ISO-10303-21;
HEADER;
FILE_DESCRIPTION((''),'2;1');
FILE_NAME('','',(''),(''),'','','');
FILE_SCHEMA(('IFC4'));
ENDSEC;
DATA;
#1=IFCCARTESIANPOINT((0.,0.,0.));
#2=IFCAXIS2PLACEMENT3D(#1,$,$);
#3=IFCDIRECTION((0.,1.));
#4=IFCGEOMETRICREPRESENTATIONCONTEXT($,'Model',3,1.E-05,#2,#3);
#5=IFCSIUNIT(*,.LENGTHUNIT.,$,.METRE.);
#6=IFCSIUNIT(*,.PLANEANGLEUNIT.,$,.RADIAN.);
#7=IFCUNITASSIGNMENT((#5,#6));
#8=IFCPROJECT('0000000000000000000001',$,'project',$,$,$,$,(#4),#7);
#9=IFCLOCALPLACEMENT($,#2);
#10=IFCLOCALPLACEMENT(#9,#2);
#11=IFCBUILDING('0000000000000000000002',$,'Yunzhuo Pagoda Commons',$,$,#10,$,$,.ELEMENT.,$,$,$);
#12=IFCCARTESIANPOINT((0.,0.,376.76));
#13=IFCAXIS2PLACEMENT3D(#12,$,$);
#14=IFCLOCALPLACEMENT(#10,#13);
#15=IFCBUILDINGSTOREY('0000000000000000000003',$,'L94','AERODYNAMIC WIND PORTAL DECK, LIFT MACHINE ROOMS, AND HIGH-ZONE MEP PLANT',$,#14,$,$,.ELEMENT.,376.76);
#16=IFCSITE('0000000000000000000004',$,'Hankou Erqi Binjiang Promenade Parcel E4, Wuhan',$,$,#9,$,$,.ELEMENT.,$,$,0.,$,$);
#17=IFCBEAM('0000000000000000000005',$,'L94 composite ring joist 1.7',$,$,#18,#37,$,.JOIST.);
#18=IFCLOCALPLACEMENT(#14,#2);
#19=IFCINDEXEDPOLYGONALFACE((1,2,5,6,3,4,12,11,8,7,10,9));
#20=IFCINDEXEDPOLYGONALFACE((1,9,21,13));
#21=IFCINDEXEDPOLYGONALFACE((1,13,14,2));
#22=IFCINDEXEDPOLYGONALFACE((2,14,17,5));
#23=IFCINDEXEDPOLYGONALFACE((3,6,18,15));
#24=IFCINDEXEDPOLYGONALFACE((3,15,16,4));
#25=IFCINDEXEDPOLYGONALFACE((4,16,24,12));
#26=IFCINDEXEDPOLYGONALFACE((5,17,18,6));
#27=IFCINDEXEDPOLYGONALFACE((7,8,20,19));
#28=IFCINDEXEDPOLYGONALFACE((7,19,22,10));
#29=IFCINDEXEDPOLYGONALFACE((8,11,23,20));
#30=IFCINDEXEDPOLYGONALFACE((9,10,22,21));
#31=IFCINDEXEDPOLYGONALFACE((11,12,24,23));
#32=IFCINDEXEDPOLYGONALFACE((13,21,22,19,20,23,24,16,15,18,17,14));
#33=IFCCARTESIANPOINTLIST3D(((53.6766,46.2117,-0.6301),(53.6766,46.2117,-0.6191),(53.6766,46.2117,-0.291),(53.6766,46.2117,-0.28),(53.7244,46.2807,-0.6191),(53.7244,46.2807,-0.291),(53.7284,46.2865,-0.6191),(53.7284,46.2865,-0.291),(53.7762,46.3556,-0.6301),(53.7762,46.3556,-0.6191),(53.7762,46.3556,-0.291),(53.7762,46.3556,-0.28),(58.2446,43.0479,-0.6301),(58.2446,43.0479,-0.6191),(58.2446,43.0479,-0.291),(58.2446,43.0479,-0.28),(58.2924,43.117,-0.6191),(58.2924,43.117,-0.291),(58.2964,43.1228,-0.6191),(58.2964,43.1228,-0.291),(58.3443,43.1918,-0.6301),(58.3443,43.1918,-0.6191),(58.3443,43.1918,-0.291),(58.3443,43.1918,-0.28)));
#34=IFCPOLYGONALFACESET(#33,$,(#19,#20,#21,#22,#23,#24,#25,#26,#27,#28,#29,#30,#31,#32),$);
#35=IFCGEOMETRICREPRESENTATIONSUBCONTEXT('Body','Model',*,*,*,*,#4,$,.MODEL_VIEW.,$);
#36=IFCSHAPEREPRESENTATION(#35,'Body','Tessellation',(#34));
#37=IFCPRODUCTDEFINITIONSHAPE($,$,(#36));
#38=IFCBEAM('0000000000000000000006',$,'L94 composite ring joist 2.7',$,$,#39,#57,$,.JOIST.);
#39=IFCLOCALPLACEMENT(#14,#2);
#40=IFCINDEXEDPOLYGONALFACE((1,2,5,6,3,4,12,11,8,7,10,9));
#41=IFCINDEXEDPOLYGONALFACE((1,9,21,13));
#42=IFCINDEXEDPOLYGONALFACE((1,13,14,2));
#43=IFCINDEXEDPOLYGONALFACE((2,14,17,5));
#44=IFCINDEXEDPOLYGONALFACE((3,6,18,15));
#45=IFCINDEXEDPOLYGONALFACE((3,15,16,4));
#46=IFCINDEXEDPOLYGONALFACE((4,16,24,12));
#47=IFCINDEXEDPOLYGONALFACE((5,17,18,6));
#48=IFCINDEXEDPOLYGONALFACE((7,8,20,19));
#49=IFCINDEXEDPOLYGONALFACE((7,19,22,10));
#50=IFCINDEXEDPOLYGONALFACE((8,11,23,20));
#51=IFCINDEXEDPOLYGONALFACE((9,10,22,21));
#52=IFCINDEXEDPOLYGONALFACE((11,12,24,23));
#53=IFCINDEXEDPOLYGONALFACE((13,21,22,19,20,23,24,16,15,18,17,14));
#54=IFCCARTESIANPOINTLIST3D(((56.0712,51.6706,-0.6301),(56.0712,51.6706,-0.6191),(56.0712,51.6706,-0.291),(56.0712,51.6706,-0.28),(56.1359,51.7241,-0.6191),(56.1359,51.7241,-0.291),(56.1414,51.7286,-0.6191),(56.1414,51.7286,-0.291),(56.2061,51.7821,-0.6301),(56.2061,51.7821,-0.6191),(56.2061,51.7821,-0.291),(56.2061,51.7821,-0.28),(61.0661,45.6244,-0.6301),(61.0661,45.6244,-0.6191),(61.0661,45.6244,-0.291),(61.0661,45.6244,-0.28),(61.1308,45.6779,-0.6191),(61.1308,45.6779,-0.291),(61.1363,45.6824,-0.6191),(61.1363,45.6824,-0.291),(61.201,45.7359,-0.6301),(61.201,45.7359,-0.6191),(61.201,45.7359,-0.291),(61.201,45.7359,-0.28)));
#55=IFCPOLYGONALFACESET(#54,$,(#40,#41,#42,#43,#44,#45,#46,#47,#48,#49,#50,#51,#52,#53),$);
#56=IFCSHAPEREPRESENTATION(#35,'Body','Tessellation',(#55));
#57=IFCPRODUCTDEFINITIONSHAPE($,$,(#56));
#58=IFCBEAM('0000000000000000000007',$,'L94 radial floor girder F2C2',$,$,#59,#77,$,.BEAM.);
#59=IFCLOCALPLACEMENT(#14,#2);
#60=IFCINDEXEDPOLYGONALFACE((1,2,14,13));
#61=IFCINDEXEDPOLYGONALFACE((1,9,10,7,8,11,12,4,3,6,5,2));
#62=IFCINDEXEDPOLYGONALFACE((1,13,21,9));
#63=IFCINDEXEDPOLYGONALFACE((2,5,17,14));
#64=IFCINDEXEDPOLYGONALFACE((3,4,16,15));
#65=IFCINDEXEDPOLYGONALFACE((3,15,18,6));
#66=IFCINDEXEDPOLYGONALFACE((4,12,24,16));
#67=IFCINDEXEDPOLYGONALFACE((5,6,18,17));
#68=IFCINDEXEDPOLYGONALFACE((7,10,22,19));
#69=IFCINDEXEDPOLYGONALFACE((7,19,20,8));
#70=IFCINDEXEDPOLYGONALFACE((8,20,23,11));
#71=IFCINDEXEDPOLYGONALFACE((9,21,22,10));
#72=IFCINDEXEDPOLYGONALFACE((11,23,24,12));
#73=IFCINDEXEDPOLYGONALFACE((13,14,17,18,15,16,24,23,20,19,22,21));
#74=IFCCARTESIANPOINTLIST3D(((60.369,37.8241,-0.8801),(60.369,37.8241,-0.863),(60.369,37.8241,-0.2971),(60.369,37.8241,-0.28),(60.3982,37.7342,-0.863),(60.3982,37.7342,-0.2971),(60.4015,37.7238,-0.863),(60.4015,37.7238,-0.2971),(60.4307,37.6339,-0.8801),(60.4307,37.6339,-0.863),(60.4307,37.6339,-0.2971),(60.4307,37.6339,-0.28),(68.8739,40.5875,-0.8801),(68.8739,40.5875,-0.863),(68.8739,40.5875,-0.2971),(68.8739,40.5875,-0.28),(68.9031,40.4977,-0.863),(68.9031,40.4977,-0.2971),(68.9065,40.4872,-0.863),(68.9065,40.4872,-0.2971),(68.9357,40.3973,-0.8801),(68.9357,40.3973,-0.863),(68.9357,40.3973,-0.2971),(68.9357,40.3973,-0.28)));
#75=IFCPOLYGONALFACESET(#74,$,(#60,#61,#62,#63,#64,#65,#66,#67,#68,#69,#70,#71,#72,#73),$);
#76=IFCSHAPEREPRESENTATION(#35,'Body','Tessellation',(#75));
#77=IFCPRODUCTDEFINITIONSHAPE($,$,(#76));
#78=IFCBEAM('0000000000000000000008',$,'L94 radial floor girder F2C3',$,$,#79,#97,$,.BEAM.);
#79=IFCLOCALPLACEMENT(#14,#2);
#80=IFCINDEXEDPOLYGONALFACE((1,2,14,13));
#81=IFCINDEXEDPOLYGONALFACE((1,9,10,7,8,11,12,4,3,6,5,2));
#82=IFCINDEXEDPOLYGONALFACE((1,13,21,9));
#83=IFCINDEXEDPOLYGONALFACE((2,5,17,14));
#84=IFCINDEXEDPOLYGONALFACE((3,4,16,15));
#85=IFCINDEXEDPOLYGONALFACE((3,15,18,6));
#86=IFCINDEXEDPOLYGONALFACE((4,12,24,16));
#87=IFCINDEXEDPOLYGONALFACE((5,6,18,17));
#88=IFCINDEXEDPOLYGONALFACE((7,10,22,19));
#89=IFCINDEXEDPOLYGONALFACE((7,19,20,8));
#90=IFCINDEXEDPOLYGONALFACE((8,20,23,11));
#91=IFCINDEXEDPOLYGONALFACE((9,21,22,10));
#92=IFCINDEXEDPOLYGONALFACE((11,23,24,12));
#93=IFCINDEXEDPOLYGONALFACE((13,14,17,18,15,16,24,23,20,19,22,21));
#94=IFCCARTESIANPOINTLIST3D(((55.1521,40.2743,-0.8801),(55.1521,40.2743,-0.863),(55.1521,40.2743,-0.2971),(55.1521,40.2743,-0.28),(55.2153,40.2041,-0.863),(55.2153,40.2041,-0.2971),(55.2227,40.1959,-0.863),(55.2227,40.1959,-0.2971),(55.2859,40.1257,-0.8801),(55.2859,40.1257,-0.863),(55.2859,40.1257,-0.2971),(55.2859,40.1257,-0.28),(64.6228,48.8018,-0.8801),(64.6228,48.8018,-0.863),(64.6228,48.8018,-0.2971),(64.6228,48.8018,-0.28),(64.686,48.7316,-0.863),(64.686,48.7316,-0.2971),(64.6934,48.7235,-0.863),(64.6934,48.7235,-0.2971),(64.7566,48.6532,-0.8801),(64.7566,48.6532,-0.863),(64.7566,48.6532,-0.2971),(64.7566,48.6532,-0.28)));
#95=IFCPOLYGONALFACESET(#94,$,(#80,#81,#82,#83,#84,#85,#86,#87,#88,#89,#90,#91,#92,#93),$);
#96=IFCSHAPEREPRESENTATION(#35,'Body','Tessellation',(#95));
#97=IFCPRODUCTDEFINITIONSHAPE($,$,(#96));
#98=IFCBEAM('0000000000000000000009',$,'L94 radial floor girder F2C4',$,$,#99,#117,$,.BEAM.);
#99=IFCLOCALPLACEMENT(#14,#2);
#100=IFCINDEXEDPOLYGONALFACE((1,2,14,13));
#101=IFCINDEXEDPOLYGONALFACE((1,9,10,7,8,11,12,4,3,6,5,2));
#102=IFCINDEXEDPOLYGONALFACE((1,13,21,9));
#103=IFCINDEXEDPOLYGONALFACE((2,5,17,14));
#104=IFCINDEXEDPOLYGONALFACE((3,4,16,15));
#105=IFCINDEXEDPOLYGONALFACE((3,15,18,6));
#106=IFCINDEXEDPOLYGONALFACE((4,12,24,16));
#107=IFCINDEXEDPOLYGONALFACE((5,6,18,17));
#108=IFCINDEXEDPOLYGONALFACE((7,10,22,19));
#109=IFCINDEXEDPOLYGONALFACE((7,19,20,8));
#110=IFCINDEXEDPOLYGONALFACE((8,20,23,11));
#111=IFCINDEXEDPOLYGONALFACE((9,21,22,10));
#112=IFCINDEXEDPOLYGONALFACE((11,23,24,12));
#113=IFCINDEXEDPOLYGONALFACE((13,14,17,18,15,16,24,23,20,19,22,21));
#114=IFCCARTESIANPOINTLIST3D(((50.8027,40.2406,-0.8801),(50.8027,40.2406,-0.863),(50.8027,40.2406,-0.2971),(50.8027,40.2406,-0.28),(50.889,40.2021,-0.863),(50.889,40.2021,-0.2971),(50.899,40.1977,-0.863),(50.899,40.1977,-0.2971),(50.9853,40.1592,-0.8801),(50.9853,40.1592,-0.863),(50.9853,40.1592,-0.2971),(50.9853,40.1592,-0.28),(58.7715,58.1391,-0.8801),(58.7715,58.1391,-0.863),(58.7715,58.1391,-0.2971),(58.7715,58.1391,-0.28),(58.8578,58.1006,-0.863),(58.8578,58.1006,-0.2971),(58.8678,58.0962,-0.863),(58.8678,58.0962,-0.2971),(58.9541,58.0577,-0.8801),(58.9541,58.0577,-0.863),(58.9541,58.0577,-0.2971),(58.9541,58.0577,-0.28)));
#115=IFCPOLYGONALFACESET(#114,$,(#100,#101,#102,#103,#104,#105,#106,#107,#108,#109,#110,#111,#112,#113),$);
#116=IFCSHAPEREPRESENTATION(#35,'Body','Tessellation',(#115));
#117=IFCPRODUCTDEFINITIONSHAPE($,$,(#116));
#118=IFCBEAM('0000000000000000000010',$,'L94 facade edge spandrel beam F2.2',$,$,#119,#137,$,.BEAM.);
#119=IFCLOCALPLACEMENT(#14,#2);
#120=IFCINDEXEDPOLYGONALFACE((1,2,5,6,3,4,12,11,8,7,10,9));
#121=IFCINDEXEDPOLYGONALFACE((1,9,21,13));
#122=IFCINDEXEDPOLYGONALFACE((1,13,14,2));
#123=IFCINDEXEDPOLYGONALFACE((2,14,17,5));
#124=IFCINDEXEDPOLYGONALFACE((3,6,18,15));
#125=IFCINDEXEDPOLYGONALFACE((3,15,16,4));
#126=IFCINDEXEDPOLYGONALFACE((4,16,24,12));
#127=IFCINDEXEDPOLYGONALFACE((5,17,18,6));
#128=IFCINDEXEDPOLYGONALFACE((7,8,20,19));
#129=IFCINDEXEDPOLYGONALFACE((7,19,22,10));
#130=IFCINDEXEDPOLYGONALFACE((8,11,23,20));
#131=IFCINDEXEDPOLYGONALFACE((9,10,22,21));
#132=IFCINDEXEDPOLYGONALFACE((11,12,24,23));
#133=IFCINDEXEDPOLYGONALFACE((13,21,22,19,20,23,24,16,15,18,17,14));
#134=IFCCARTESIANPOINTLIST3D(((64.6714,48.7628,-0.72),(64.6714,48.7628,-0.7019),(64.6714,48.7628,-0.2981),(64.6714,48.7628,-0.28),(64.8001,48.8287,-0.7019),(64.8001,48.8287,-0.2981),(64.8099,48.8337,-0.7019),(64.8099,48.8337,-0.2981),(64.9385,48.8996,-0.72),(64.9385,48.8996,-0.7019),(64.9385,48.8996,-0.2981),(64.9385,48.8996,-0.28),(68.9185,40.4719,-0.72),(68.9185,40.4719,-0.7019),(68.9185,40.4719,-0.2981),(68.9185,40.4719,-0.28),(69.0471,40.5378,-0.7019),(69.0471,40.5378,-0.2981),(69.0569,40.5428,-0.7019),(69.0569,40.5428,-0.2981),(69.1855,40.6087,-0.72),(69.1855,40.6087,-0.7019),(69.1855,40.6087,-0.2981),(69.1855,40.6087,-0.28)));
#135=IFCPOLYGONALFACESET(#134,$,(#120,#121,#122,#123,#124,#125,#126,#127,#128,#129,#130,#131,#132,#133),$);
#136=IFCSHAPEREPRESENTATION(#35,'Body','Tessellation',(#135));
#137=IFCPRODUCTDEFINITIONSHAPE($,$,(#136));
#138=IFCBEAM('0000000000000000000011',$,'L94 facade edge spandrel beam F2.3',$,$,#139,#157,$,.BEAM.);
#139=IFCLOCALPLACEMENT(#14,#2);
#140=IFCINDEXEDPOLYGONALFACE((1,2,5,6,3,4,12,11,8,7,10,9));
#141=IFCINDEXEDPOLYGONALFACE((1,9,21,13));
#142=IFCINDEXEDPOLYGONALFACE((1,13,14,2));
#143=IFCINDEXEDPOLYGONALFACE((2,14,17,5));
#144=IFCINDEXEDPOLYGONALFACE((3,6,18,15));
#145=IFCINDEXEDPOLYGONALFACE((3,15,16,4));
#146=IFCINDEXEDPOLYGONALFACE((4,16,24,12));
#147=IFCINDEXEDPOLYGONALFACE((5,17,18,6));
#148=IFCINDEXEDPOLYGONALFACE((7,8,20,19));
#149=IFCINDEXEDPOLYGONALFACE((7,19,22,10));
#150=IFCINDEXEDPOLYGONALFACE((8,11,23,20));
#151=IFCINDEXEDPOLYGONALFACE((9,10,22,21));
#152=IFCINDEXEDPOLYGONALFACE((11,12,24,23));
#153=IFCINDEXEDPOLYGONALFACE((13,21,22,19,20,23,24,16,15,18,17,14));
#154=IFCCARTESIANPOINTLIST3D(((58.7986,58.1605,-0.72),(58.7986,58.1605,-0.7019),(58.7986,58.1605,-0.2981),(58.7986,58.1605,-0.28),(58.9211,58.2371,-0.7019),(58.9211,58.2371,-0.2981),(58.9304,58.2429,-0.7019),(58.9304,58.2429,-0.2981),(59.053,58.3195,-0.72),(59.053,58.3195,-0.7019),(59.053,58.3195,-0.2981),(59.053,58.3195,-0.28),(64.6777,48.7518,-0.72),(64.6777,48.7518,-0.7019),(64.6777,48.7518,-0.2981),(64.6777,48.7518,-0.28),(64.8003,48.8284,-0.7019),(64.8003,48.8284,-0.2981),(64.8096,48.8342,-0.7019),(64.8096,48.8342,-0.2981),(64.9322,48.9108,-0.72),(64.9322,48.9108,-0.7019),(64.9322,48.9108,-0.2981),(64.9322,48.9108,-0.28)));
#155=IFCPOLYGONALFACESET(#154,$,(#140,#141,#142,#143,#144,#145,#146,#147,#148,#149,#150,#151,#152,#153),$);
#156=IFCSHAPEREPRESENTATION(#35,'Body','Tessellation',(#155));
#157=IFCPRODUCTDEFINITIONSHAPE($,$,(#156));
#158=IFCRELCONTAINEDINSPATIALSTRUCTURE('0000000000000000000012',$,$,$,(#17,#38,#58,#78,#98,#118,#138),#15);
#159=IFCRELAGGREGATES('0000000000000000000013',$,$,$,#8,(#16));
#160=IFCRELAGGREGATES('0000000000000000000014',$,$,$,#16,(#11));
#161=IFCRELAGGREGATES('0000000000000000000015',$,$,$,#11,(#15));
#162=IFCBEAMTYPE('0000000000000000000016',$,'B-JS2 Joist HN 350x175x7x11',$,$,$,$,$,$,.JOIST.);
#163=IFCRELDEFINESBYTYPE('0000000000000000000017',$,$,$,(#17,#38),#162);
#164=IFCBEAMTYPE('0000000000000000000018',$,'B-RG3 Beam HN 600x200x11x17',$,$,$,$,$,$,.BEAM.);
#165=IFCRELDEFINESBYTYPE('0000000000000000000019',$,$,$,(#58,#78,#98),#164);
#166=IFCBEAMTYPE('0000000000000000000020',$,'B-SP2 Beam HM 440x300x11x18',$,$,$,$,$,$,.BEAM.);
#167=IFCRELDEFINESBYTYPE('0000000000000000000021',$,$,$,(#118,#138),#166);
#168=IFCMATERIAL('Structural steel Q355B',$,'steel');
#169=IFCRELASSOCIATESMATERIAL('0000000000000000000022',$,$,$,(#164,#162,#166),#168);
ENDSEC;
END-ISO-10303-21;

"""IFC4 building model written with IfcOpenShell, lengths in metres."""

from ifc_helpers import new_model, si_unit, direction, frame, origin, origin_2d, place, context, subcontext, project, spatial, i_section, extrude, source, transform, mapped, material, material_profile, profile_set, type_object, element, save


model = new_model("IFC4")

# Units and contexts
model_context = context("Model", 3, precision=1e-05, world=origin(), true_north=direction((0.0, 1.0)))
body_context = subcontext(model_context, "Body", "Model", "MODEL_VIEW")
ifc_project = project(units=[si_unit("LENGTHUNIT", "METRE"), si_unit("PLANEANGLEUNIT", "RADIAN")], contexts=[model_context])

# Site, building, storey
site_placement = place(None, origin())
site = spatial("IfcSite", under=ifc_project, at=site_placement, Name="Hankou Erqi Binjiang Promenade Parcel E4, Wuhan", CompositionType="ELEMENT", RefElevation=0.0)
building_placement = place(site_placement, origin())
building = spatial("IfcBuilding", under=site, at=building_placement, Name="Yunzhuo Pagoda Commons", CompositionType="ELEMENT")
storey_placement = place(building_placement, frame((0.0, 0.0, 376.76)))
storey = spatial("IfcBuildingStorey", under=building, at=storey_placement, Name="L94", Description="AERODYNAMIC WIND PORTAL DECK, LIFT MACHINE ROOMS, AND HIGH-ZONE MEP PLANT", CompositionType="ELEMENT", Elevation=376.76)

# Shared definitions
ifc_material_1 = material(Name="Structural steel Q355B", Category="steel")

# Beams
ifc_material_profile_1 = material_profile(ifc_material_1, i_section(OverallWidth=0.2, OverallDepth=0.6001, WebThickness=0.011, FlangeThickness=0.0171, at=origin_2d()), Name="Structural steel Q355B")
ifc_profile_set_1 = profile_set([ifc_material_profile_1], Name="Structural steel Q355B")
beam_type_1 = type_object("IfcBeamType", Name="B-RG3 Beam HN 600x200x11x17", PredefinedType="BEAM", material=ifc_profile_set_1)
ifc_material_profile_2 = material_profile(ifc_material_1, i_section(OverallWidth=0.175, OverallDepth=0.3501, WebThickness=0.0071, FlangeThickness=0.011, at=origin_2d()), Name="Structural steel Q355B")
ifc_profile_set_2 = profile_set([ifc_material_profile_2], Name="Structural steel Q355B")
beam_type_2 = type_object("IfcBeamType", Name="B-JS2 Joist HN 350x175x7x11", PredefinedType="JOIST", material=ifc_profile_set_2)
shared_shape_1 = source(origin(), body_context, "Body", "SweptSolid", [
    extrude(i_section(OverallWidth=0.175, OverallDepth=0.3501, WebThickness=0.0071, FlangeThickness=0.011, at=origin_2d()), origin(), (0.0, 0.0, 1.0), 5.5566),
])
beam_1_placement = place(storey_placement, frame((58.2944, 43.1199, -0.4551), z_axis=(-0.822085, 0.569365, 0.0), x_axis=(-0.569365, -0.822085, 0.0)))
element("IfcBeam", 1, at=beam_1_placement, inside=storey, type_object=beam_type_2, Name="L94 composite ring joist 1.7", PredefinedType="JOIST", context=body_context, shape_type="MappedRepresentation", body=[
    mapped(shared_shape_1, transform((0.0, 0.0, 0.0), scale=1.0)),
])
shared_shape_2 = source(origin(), body_context, "Body", "SweptSolid", [
    extrude(i_section(OverallWidth=0.175, OverallDepth=0.3501, WebThickness=0.0071, FlangeThickness=0.011, at=origin_2d()), origin(), (0.0, 0.0, 1.0), 7.8425),
])
beam_2_placement = place(storey_placement, frame((61.1335, 45.6802, -0.4551), z_axis=(-0.636899, 0.770947, 0.0), x_axis=(-0.770947, -0.636899, 0.0)))
element("IfcBeam", 2, at=beam_2_placement, inside=storey, type_object=beam_type_2, Name="L94 composite ring joist 2.7", PredefinedType="JOIST", context=body_context, shape_type="MappedRepresentation", body=[
    mapped(shared_shape_2, transform((0.0, 0.0, 0.0), scale=1.0)),
])
shared_shape_3 = source(origin(), body_context, "Body", "SweptSolid", [
    extrude(i_section(OverallWidth=0.2, OverallDepth=0.6001, WebThickness=0.011, FlangeThickness=0.0171, at=origin_2d()), origin(), (0.0, 0.0, 1.0), 8.9426),
])
beam_3_placement = place(storey_placement, frame((68.9048, 40.4924, -0.5801), z_axis=(-0.951056, -0.309019, 0.0), x_axis=(0.309019, -0.951056, 0.0)))
element("IfcBeam", 3, at=beam_3_placement, inside=storey, type_object=beam_type_1, Name="L94 radial floor girder F2C2", PredefinedType="BEAM", context=body_context, shape_type="MappedRepresentation", body=[
    mapped(shared_shape_3, transform((0.0, 0.0, 0.0), scale=1.0)),
])
shared_shape_4 = source(origin(), body_context, "Body", "SweptSolid", [
    extrude(i_section(OverallWidth=0.2, OverallDepth=0.6001, WebThickness=0.011, FlangeThickness=0.0171, at=origin_2d()), origin(), (0.0, 0.0, 1.0), 12.7441),
])
beam_4_placement = place(storey_placement, frame((64.6897, 48.7275, -0.5801), z_axis=(-0.74314, -0.669136, 0.0), x_axis=(0.669136, -0.74314, 0.0)))
element("IfcBeam", 4, at=beam_4_placement, inside=storey, type_object=beam_type_1, Name="L94 radial floor girder F2C3", PredefinedType="BEAM", context=body_context, shape_type="MappedRepresentation", body=[
    mapped(shared_shape_4, transform((0.0, 0.0, 0.0), scale=1.0)),
])
shared_shape_5 = source(origin(), body_context, "Body", "SweptSolid", [
    extrude(i_section(OverallWidth=0.2, OverallDepth=0.6001, WebThickness=0.011, FlangeThickness=0.0171, at=origin_2d()), origin(), (0.0, 0.0, 1.0), 19.5923),
])
beam_5_placement = place(storey_placement, frame((58.8628, 58.0984, -0.5801), z_axis=(-0.40673, -0.913548, 0.0), x_axis=(0.913548, -0.40673, 0.0)))
element("IfcBeam", 5, at=beam_5_placement, inside=storey, type_object=beam_type_1, Name="L94 radial floor girder F2C4", PredefinedType="BEAM", context=body_context, shape_type="MappedRepresentation", body=[
    mapped(shared_shape_5, transform((0.0, 0.0, 0.0), scale=1.0)),
])
ifc_material_profile_3 = material_profile(ifc_material_1, i_section(OverallWidth=0.3, OverallDepth=0.4399, WebThickness=0.011, FlangeThickness=0.0181, at=origin_2d()), Name="Structural steel Q355B")
ifc_profile_set_3 = profile_set([ifc_material_profile_3], Name="Structural steel Q355B")
beam_type_3 = type_object("IfcBeamType", Name="B-SP2 Beam HM 440x300x11x18", PredefinedType="BEAM", material=ifc_profile_set_3)
shared_shape_6 = source(origin(), body_context, "Body", "SweptSolid", [
    extrude(i_section(OverallWidth=0.3, OverallDepth=0.4399, WebThickness=0.011, FlangeThickness=0.0181, at=origin_2d()), origin(), (0.0, 0.0, 1.0), 9.3154),
])
beam_6_placement = place(storey_placement, frame((69.052, 40.5403, -0.5), z_axis=(-0.455914, 0.890024, 0.0), x_axis=(-0.890024, -0.455914, 0.0)))
element("IfcBeam", 6, at=beam_6_placement, inside=storey, type_object=beam_type_3, Name="L94 facade edge spandrel beam F2.2", PredefinedType="BEAM", context=body_context, shape_type="MappedRepresentation", body=[
    mapped(shared_shape_6, transform((0.0, 0.0, 0.0), scale=1.0)),
])
shared_shape_7 = source(origin(), body_context, "Body", "SweptSolid", [
    extrude(i_section(OverallWidth=0.3, OverallDepth=0.4399, WebThickness=0.011, FlangeThickness=0.0181, at=origin_2d()), origin(), (0.0, 0.0, 1.0), 11.0945),
])
beam_7_placement = place(storey_placement, frame((64.8049, 48.8313, -0.5), z_axis=(-0.529916, 0.84805, 0.0), x_axis=(-0.84805, -0.529916, 0.0)))
element("IfcBeam", 7, at=beam_7_placement, inside=storey, type_object=beam_type_3, Name="L94 facade edge spandrel beam F2.3", PredefinedType="BEAM", context=body_context, shape_type="MappedRepresentation", body=[
    mapped(shared_shape_7, transform((0.0, 0.0, 0.0), scale=1.0)),
])

save(model, "model.ifc")
